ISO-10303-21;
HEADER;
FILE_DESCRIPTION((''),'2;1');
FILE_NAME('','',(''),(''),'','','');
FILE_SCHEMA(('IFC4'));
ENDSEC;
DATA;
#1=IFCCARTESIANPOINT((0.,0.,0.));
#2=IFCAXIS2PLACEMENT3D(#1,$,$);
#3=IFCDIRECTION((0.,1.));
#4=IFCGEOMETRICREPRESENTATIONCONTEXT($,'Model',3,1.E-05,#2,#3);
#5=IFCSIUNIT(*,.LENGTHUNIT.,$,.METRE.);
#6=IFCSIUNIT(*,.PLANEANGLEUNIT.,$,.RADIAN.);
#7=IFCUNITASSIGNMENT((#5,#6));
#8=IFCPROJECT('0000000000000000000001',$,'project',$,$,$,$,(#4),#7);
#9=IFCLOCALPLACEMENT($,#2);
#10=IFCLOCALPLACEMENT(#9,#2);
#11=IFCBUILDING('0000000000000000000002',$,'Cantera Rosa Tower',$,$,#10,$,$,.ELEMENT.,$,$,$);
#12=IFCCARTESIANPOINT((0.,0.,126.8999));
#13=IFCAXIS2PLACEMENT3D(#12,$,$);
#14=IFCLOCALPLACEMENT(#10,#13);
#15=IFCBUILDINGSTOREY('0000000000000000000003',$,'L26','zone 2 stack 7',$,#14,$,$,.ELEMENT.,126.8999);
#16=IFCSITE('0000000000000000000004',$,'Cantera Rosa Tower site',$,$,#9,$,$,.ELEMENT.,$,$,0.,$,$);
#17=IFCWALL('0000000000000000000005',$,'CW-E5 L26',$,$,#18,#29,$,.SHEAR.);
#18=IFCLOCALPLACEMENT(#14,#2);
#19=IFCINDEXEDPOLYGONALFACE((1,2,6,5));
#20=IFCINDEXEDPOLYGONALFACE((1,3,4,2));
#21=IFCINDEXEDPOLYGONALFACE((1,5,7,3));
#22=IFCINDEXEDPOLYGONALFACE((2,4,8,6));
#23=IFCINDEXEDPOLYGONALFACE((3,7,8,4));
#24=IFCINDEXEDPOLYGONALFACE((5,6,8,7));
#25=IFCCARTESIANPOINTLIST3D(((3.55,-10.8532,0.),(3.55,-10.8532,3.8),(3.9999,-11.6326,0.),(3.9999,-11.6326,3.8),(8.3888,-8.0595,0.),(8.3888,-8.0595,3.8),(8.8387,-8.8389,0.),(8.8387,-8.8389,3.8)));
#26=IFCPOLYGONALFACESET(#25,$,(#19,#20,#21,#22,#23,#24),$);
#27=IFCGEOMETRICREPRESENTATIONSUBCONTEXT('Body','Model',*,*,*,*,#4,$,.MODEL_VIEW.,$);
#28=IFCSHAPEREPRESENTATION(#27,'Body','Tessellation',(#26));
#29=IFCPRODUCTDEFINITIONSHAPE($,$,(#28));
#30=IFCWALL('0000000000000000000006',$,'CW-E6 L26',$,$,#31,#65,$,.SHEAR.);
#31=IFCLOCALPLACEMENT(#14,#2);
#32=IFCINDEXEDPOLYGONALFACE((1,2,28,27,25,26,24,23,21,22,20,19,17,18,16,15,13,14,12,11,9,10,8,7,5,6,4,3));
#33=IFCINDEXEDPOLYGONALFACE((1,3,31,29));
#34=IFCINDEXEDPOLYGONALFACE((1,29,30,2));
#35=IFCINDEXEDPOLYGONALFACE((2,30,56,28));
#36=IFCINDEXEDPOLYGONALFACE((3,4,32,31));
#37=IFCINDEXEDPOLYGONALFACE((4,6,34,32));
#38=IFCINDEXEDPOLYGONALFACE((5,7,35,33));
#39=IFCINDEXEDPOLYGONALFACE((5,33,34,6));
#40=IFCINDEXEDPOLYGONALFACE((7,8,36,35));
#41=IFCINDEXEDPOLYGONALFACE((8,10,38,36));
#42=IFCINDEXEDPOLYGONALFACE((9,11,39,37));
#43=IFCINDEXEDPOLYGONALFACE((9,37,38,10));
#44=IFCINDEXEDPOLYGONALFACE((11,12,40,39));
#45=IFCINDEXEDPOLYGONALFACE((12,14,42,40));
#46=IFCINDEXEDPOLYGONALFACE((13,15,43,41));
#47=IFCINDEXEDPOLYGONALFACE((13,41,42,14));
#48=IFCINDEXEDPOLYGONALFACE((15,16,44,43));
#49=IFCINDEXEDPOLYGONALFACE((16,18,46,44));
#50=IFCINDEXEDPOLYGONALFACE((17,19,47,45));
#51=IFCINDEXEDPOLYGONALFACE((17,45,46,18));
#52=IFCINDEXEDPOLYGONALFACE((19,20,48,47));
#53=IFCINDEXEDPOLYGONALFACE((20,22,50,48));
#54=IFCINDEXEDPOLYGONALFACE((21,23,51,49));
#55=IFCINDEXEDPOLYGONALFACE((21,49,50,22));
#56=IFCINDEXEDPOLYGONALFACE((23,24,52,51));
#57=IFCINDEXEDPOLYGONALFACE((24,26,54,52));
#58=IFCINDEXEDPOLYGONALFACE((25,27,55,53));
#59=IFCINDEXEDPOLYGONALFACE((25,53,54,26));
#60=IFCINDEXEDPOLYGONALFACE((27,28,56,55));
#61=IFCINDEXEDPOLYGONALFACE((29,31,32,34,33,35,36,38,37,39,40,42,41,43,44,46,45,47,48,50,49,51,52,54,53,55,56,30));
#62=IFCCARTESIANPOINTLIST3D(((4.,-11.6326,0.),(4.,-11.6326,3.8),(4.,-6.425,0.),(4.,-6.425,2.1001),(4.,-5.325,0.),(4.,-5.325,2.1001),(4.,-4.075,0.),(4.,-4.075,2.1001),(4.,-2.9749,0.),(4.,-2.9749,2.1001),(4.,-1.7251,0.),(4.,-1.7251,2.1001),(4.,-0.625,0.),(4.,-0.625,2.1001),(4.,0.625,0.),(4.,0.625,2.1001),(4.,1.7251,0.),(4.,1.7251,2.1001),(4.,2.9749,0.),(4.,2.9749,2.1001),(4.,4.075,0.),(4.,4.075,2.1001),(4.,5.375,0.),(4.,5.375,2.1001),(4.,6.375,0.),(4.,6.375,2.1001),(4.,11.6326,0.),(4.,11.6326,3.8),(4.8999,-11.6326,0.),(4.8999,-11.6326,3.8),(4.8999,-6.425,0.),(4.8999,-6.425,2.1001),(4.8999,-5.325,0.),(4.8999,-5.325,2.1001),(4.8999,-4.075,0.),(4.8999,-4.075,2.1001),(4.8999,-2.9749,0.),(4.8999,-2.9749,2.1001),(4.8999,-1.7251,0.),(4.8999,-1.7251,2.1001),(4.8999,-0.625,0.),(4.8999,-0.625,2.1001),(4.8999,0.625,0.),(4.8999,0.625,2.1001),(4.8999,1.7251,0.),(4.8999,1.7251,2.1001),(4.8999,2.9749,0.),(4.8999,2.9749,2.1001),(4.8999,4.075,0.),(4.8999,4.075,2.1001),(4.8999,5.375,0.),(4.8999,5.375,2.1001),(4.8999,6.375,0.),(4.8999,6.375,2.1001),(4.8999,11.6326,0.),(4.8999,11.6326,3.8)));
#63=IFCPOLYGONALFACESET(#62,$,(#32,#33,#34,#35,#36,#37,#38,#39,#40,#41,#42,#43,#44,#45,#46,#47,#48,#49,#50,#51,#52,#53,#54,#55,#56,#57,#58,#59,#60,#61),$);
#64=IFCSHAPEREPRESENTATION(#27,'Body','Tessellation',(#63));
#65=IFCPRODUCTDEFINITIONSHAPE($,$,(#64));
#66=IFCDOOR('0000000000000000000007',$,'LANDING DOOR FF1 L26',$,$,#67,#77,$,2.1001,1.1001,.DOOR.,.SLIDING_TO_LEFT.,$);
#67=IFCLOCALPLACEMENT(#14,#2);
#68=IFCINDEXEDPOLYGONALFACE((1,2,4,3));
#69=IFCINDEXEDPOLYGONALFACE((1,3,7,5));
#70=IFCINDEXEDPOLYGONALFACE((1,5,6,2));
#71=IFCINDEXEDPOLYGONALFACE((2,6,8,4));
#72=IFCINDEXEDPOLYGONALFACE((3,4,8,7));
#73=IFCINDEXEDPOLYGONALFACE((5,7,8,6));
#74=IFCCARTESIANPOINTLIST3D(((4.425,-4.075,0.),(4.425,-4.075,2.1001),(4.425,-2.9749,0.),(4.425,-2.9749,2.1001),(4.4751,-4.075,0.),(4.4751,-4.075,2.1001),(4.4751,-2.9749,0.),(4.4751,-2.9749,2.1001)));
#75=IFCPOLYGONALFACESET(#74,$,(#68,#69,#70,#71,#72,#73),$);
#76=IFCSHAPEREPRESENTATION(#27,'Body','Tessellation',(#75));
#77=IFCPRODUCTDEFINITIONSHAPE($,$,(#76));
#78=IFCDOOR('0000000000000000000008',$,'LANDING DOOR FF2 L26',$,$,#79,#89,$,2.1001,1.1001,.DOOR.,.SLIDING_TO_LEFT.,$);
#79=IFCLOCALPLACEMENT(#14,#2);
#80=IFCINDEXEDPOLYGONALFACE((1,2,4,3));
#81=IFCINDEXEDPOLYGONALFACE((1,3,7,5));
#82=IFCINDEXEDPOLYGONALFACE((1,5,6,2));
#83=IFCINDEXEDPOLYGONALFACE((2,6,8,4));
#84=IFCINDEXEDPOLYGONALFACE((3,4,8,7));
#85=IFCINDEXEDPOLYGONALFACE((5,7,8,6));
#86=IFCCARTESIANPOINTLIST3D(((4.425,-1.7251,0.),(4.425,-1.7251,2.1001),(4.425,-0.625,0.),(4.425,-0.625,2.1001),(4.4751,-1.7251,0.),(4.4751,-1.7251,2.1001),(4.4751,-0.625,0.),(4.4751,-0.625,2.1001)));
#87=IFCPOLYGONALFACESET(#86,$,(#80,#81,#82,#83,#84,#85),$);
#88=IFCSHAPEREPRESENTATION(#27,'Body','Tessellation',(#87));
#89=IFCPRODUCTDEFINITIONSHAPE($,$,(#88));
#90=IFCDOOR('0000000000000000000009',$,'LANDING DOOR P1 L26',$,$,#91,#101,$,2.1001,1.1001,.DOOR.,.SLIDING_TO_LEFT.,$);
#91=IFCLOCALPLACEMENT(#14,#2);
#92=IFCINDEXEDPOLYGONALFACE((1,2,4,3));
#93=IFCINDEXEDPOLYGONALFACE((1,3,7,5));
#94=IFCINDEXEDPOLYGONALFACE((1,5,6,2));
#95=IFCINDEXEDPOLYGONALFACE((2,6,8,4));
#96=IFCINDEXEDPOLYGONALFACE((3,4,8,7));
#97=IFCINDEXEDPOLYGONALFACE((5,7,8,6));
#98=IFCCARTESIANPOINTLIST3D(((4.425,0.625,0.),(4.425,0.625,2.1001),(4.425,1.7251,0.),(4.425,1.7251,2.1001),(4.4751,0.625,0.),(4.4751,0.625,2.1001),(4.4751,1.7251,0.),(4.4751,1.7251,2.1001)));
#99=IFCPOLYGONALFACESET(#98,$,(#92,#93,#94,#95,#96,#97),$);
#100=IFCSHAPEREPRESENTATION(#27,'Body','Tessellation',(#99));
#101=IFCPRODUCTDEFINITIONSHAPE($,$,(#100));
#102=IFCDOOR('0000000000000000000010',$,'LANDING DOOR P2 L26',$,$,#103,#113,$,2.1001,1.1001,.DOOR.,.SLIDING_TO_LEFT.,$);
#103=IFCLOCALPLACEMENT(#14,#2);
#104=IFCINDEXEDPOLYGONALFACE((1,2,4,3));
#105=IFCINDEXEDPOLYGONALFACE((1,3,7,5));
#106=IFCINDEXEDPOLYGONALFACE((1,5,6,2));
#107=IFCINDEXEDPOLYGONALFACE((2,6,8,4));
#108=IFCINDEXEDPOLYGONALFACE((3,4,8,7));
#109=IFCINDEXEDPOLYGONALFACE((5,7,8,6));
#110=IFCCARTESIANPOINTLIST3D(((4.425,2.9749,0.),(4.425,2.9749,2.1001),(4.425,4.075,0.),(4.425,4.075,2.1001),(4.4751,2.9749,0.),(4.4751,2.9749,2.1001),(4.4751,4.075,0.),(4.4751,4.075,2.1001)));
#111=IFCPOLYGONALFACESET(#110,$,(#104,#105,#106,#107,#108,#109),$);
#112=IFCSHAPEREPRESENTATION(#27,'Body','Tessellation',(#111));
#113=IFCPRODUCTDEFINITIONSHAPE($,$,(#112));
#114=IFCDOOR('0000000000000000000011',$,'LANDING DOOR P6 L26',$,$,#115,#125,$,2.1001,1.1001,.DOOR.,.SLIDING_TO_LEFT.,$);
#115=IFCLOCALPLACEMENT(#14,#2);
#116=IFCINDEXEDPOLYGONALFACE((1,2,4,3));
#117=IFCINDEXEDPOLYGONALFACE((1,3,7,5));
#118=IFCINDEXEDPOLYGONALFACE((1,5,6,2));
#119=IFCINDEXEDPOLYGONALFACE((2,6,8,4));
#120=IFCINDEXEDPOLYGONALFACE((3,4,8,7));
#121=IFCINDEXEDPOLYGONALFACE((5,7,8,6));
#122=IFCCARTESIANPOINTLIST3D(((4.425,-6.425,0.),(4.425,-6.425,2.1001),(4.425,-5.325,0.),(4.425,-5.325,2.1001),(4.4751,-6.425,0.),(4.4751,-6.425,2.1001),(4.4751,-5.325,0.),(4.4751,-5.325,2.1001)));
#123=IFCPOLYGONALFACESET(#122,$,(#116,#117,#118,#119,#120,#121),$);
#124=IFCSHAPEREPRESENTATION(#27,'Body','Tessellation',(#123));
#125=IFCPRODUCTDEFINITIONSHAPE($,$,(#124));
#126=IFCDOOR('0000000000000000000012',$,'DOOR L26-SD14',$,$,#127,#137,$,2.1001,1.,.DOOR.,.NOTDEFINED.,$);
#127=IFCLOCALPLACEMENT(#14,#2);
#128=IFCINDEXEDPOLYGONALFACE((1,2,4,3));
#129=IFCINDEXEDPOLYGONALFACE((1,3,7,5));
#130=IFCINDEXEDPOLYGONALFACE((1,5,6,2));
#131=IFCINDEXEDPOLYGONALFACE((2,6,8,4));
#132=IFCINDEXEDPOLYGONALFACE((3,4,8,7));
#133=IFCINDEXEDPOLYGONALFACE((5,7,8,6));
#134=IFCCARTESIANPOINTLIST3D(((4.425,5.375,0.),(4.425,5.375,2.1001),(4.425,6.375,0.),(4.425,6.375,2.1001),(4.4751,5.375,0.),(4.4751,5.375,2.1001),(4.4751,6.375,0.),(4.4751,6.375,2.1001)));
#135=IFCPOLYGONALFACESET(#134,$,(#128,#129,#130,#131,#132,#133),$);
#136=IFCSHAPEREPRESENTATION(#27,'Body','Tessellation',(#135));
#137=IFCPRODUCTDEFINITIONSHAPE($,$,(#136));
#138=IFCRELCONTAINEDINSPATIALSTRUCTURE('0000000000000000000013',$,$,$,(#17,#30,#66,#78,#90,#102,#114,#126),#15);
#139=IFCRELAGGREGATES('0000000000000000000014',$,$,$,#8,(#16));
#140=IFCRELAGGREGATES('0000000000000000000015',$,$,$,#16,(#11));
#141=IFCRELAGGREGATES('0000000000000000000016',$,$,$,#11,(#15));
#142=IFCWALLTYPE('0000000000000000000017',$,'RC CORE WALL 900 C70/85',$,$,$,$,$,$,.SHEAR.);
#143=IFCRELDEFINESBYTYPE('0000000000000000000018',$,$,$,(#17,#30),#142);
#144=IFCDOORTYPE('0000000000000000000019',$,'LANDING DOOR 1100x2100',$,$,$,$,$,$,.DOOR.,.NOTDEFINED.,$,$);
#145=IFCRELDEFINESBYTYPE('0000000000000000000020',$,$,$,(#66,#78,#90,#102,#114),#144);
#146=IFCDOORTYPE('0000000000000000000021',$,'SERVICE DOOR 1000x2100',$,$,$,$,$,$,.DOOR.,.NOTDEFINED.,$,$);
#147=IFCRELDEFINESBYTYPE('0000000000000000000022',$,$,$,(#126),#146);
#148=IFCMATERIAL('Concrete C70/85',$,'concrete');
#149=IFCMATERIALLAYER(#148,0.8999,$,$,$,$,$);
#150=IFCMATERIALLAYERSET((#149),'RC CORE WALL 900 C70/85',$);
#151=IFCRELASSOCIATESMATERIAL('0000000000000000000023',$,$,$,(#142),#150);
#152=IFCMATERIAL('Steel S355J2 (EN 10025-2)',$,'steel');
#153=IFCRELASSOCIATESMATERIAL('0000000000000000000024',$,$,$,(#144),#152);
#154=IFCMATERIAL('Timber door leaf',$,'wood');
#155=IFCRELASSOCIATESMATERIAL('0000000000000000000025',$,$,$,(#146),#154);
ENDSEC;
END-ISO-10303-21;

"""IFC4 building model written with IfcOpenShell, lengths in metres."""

from ifc_helpers import new_model, si_unit, direction, frame, frame_2d, origin, place, context, subcontext, project, spatial, rectangle, extrude, material, layer, layer_set, type_object, element, fill, save


model = new_model("IFC4")

# Units and contexts
model_context = context("Model", 3, precision=1e-05, world=origin(), true_north=direction((0.0, 1.0)))
body_context = subcontext(model_context, "Body", "Model", "MODEL_VIEW")
ifc_project = project(units=[si_unit("LENGTHUNIT", "METRE"), si_unit("PLANEANGLEUNIT", "RADIAN")], contexts=[model_context])

# Site, building, storey
site_placement = place(None, origin())
site = spatial("IfcSite", under=ifc_project, at=site_placement, Name="Cantera Rosa Tower site", CompositionType="ELEMENT", RefElevation=0.0)
building_placement = place(site_placement, origin())
building = spatial("IfcBuilding", under=site, at=building_placement, Name="Cantera Rosa Tower", CompositionType="ELEMENT")
storey_placement = place(building_placement, frame((0.0, 0.0, 126.8999)))
storey = spatial("IfcBuildingStorey", under=building, at=storey_placement, Name="L26", Description="zone 2 stack 7", CompositionType="ELEMENT", Elevation=126.8999)

# Wall
ifc_material_1 = material(Name="Concrete C70/85", Category="concrete")
ifc_layer_1 = layer(ifc_material_1, 0.8999)
ifc_layer_set_1 = layer_set([ifc_layer_1], Name="RC CORE WALL 900 C70/85")
wall_type_1 = type_object("IfcWallType", Name="RC CORE WALL 900 C70/85", PredefinedType="SHEAR", material=ifc_layer_set_1)
wall_1_placement = place(storey_placement, frame((8.6138, -8.4492, 0.0), z_axis=(0.0, 0.0, 1.0), x_axis=(-0.866027, -0.499997, 0.0)))
element("IfcWall", 1, at=wall_1_placement, inside=storey, type_object=wall_type_1, Name="CW-E5 L26", PredefinedType="SHEAR", context=body_context, shape_type="SweptSolid", body=[
    extrude(rectangle(XDim=5.5874, YDim=0.8999, at=frame_2d((2.7937, 0.0))), origin(), (0.0, 0.0, 1.0), 3.8),
])

# Wall, openings, doors
wall_2_placement = place(storey_placement, frame((4.45, -11.6326, 0.0), z_axis=(0.0, 0.0, 1.0), x_axis=(0.0, 1.0, 0.0)))
wall_2 = element("IfcWall", 2, at=wall_2_placement, inside=storey, type_object=wall_type_1, Name="CW-E6 L26", PredefinedType="SHEAR", context=body_context, shape_type="SweptSolid", body=[
    extrude(rectangle(XDim=23.2651, YDim=0.8999, at=frame_2d((11.6326, 0.0))), origin(), (0.0, 0.0, 1.0), 3.8),
])
opening_1_placement = place(wall_2_placement, frame((7.5576, 0.0, 0.0)))
opening_1 = element("IfcOpeningElement", 3, at=opening_1_placement, cuts=wall_2, PredefinedType="OPENING", context=body_context, shape_type="SweptSolid", body=[
    extrude(rectangle(XDim=1.1001, YDim=2.1001, at=frame_2d((0.55, 1.05))), frame((0.0, 0.46, 0.0), z_axis=(0.0, -1.0, 0.0), x_axis=(1.0, 0.0, 0.0)), (0.0, 0.0, 1.0), 0.9199),
])
opening_2_placement = place(wall_2_placement, frame((9.9075, 0.0, 0.0)))
opening_2 = element("IfcOpeningElement", 4, at=opening_2_placement, cuts=wall_2, PredefinedType="OPENING", context=body_context, shape_type="SweptSolid", body=[
    extrude(rectangle(XDim=1.1001, YDim=2.1001, at=frame_2d((0.55, 1.05))), frame((0.0, 0.46, 0.0), z_axis=(0.0, -1.0, 0.0), x_axis=(1.0, 0.0, 0.0)), (0.0, 0.0, 1.0), 0.9199),
])
opening_3_placement = place(wall_2_placement, frame((12.2576, 0.0, 0.0)))
opening_3 = element("IfcOpeningElement", 5, at=opening_3_placement, cuts=wall_2, PredefinedType="OPENING", context=body_context, shape_type="SweptSolid", body=[
    extrude(rectangle(XDim=1.1001, YDim=2.1001, at=frame_2d((0.55, 1.05))), frame((0.0, 0.46, 0.0), z_axis=(0.0, -1.0, 0.0), x_axis=(1.0, 0.0, 0.0)), (0.0, 0.0, 1.0), 0.9199),
])
opening_4_placement = place(wall_2_placement, frame((14.6074, 0.0, 0.0)))
opening_4 = element("IfcOpeningElement", 6, at=opening_4_placement, cuts=wall_2, PredefinedType="OPENING", context=body_context, shape_type="SweptSolid", body=[
    extrude(rectangle(XDim=1.1001, YDim=2.1001, at=frame_2d((0.55, 1.05))), frame((0.0, 0.46, 0.0), z_axis=(0.0, -1.0, 0.0), x_axis=(1.0, 0.0, 0.0)), (0.0, 0.0, 1.0), 0.9199),
])
opening_5_placement = place(wall_2_placement, frame((5.2075, 0.0, 0.0)))
opening_5 = element("IfcOpeningElement", 7, at=opening_5_placement, cuts=wall_2, PredefinedType="OPENING", context=body_context, shape_type="SweptSolid", body=[
    extrude(rectangle(XDim=1.1001, YDim=2.1001, at=frame_2d((0.55, 1.05))), frame((0.0, 0.46, 0.0), z_axis=(0.0, -1.0, 0.0), x_axis=(1.0, 0.0, 0.0)), (0.0, 0.0, 1.0), 0.9199),
])
opening_6_placement = place(wall_2_placement, frame((17.0076, 0.0, 0.0)))
opening_6 = element("IfcOpeningElement", 8, at=opening_6_placement, cuts=wall_2, PredefinedType="OPENING", context=body_context, shape_type="SweptSolid", body=[
    extrude(rectangle(XDim=1.0, YDim=2.1001, at=frame_2d((0.5, 1.05))), frame((0.0, 0.46, 0.0), z_axis=(0.0, -1.0, 0.0), x_axis=(1.0, 0.0, 0.0)), (0.0, 0.0, 1.0), 0.9199),
])
ifc_material_2 = material(Name="Steel S355J2 (EN 10025-2)", Category="steel")
door_type_1 = type_object("IfcDoorType", Name="LANDING DOOR 1100x2100", OperationType="NOTDEFINED", PredefinedType="DOOR", material=ifc_material_2)
door_1_placement = place(opening_1_placement, origin())
door_1 = element("IfcDoor", 9, at=door_1_placement, inside=storey, type_object=door_type_1, Name="LANDING DOOR FF1 L26", OperationType="SLIDING_TO_LEFT", OverallHeight=2.1001, OverallWidth=1.1001, PredefinedType="DOOR", context=body_context, shape_type="SweptSolid", body=[
    extrude(rectangle(XDim=1.1001, YDim=2.1001, at=frame_2d((0.55, 1.05))), frame((0.0, 0.0249, 0.0), z_axis=(0.0, -1.0, 0.0), x_axis=(1.0, 0.0, 0.0)), (0.0, 0.0, 1.0), 0.05),
])
fill(opening_1, door_1)
door_2_placement = place(opening_2_placement, origin())
door_2 = element("IfcDoor", 10, at=door_2_placement, inside=storey, type_object=door_type_1, Name="LANDING DOOR FF2 L26", OperationType="SLIDING_TO_LEFT", OverallHeight=2.1001, OverallWidth=1.1001, PredefinedType="DOOR", context=body_context, shape_type="SweptSolid", body=[
    extrude(rectangle(XDim=1.1001, YDim=2.1001, at=frame_2d((0.55, 1.05))), frame((0.0, 0.0249, 0.0), z_axis=(0.0, -1.0, 0.0), x_axis=(1.0, 0.0, 0.0)), (0.0, 0.0, 1.0), 0.05),
])
fill(opening_2, door_2)
door_3_placement = place(opening_3_placement, origin())
door_3 = element("IfcDoor", 11, at=door_3_placement, inside=storey, type_object=door_type_1, Name="LANDING DOOR P1 L26", OperationType="SLIDING_TO_LEFT", OverallHeight=2.1001, OverallWidth=1.1001, PredefinedType="DOOR", context=body_context, shape_type="SweptSolid", body=[
    extrude(rectangle(XDim=1.1001, YDim=2.1001, at=frame_2d((0.55, 1.05))), frame((0.0, 0.0249, 0.0), z_axis=(0.0, -1.0, 0.0), x_axis=(1.0, 0.0, 0.0)), (0.0, 0.0, 1.0), 0.05),
])
fill(opening_3, door_3)
door_4_placement = place(opening_4_placement, origin())
door_4 = element("IfcDoor", 12, at=door_4_placement, inside=storey, type_object=door_type_1, Name="LANDING DOOR P2 L26", OperationType="SLIDING_TO_LEFT", OverallHeight=2.1001, OverallWidth=1.1001, PredefinedType="DOOR", context=body_context, shape_type="SweptSolid", body=[
    extrude(rectangle(XDim=1.1001, YDim=2.1001, at=frame_2d((0.55, 1.05))), frame((0.0, 0.0249, 0.0), z_axis=(0.0, -1.0, 0.0), x_axis=(1.0, 0.0, 0.0)), (0.0, 0.0, 1.0), 0.05),
])
fill(opening_4, door_4)
door_5_placement = place(opening_5_placement, origin())
door_5 = element("IfcDoor", 13, at=door_5_placement, inside=storey, type_object=door_type_1, Name="LANDING DOOR P6 L26", OperationType="SLIDING_TO_LEFT", OverallHeight=2.1001, OverallWidth=1.1001, PredefinedType="DOOR", context=body_context, shape_type="SweptSolid", body=[
    extrude(rectangle(XDim=1.1001, YDim=2.1001, at=frame_2d((0.55, 1.05))), frame((0.0, 0.0249, 0.0), z_axis=(0.0, -1.0, 0.0), x_axis=(1.0, 0.0, 0.0)), (0.0, 0.0, 1.0), 0.05),
])
fill(opening_5, door_5)
ifc_material_3 = material(Name="Timber door leaf", Category="wood")
door_type_2 = type_object("IfcDoorType", Name="SERVICE DOOR 1000x2100", OperationType="NOTDEFINED", PredefinedType="DOOR", material=ifc_material_3)
door_6_placement = place(opening_6_placement, origin())
door_6 = element("IfcDoor", 14, at=door_6_placement, inside=storey, type_object=door_type_2, Name="DOOR L26-SD14", OperationType="NOTDEFINED", OverallHeight=2.1001, OverallWidth=1.0, PredefinedType="DOOR", context=body_context, shape_type="SweptSolid", body=[
    extrude(rectangle(XDim=1.0, YDim=2.1001, at=frame_2d((0.5, 1.05))), frame((0.0, 0.0249, 0.0), z_axis=(0.0, -1.0, 0.0), x_axis=(1.0, 0.0, 0.0)), (0.0, 0.0, 1.0), 0.05),
])
fill(opening_6, door_6)

save(model, "model.ifc")
